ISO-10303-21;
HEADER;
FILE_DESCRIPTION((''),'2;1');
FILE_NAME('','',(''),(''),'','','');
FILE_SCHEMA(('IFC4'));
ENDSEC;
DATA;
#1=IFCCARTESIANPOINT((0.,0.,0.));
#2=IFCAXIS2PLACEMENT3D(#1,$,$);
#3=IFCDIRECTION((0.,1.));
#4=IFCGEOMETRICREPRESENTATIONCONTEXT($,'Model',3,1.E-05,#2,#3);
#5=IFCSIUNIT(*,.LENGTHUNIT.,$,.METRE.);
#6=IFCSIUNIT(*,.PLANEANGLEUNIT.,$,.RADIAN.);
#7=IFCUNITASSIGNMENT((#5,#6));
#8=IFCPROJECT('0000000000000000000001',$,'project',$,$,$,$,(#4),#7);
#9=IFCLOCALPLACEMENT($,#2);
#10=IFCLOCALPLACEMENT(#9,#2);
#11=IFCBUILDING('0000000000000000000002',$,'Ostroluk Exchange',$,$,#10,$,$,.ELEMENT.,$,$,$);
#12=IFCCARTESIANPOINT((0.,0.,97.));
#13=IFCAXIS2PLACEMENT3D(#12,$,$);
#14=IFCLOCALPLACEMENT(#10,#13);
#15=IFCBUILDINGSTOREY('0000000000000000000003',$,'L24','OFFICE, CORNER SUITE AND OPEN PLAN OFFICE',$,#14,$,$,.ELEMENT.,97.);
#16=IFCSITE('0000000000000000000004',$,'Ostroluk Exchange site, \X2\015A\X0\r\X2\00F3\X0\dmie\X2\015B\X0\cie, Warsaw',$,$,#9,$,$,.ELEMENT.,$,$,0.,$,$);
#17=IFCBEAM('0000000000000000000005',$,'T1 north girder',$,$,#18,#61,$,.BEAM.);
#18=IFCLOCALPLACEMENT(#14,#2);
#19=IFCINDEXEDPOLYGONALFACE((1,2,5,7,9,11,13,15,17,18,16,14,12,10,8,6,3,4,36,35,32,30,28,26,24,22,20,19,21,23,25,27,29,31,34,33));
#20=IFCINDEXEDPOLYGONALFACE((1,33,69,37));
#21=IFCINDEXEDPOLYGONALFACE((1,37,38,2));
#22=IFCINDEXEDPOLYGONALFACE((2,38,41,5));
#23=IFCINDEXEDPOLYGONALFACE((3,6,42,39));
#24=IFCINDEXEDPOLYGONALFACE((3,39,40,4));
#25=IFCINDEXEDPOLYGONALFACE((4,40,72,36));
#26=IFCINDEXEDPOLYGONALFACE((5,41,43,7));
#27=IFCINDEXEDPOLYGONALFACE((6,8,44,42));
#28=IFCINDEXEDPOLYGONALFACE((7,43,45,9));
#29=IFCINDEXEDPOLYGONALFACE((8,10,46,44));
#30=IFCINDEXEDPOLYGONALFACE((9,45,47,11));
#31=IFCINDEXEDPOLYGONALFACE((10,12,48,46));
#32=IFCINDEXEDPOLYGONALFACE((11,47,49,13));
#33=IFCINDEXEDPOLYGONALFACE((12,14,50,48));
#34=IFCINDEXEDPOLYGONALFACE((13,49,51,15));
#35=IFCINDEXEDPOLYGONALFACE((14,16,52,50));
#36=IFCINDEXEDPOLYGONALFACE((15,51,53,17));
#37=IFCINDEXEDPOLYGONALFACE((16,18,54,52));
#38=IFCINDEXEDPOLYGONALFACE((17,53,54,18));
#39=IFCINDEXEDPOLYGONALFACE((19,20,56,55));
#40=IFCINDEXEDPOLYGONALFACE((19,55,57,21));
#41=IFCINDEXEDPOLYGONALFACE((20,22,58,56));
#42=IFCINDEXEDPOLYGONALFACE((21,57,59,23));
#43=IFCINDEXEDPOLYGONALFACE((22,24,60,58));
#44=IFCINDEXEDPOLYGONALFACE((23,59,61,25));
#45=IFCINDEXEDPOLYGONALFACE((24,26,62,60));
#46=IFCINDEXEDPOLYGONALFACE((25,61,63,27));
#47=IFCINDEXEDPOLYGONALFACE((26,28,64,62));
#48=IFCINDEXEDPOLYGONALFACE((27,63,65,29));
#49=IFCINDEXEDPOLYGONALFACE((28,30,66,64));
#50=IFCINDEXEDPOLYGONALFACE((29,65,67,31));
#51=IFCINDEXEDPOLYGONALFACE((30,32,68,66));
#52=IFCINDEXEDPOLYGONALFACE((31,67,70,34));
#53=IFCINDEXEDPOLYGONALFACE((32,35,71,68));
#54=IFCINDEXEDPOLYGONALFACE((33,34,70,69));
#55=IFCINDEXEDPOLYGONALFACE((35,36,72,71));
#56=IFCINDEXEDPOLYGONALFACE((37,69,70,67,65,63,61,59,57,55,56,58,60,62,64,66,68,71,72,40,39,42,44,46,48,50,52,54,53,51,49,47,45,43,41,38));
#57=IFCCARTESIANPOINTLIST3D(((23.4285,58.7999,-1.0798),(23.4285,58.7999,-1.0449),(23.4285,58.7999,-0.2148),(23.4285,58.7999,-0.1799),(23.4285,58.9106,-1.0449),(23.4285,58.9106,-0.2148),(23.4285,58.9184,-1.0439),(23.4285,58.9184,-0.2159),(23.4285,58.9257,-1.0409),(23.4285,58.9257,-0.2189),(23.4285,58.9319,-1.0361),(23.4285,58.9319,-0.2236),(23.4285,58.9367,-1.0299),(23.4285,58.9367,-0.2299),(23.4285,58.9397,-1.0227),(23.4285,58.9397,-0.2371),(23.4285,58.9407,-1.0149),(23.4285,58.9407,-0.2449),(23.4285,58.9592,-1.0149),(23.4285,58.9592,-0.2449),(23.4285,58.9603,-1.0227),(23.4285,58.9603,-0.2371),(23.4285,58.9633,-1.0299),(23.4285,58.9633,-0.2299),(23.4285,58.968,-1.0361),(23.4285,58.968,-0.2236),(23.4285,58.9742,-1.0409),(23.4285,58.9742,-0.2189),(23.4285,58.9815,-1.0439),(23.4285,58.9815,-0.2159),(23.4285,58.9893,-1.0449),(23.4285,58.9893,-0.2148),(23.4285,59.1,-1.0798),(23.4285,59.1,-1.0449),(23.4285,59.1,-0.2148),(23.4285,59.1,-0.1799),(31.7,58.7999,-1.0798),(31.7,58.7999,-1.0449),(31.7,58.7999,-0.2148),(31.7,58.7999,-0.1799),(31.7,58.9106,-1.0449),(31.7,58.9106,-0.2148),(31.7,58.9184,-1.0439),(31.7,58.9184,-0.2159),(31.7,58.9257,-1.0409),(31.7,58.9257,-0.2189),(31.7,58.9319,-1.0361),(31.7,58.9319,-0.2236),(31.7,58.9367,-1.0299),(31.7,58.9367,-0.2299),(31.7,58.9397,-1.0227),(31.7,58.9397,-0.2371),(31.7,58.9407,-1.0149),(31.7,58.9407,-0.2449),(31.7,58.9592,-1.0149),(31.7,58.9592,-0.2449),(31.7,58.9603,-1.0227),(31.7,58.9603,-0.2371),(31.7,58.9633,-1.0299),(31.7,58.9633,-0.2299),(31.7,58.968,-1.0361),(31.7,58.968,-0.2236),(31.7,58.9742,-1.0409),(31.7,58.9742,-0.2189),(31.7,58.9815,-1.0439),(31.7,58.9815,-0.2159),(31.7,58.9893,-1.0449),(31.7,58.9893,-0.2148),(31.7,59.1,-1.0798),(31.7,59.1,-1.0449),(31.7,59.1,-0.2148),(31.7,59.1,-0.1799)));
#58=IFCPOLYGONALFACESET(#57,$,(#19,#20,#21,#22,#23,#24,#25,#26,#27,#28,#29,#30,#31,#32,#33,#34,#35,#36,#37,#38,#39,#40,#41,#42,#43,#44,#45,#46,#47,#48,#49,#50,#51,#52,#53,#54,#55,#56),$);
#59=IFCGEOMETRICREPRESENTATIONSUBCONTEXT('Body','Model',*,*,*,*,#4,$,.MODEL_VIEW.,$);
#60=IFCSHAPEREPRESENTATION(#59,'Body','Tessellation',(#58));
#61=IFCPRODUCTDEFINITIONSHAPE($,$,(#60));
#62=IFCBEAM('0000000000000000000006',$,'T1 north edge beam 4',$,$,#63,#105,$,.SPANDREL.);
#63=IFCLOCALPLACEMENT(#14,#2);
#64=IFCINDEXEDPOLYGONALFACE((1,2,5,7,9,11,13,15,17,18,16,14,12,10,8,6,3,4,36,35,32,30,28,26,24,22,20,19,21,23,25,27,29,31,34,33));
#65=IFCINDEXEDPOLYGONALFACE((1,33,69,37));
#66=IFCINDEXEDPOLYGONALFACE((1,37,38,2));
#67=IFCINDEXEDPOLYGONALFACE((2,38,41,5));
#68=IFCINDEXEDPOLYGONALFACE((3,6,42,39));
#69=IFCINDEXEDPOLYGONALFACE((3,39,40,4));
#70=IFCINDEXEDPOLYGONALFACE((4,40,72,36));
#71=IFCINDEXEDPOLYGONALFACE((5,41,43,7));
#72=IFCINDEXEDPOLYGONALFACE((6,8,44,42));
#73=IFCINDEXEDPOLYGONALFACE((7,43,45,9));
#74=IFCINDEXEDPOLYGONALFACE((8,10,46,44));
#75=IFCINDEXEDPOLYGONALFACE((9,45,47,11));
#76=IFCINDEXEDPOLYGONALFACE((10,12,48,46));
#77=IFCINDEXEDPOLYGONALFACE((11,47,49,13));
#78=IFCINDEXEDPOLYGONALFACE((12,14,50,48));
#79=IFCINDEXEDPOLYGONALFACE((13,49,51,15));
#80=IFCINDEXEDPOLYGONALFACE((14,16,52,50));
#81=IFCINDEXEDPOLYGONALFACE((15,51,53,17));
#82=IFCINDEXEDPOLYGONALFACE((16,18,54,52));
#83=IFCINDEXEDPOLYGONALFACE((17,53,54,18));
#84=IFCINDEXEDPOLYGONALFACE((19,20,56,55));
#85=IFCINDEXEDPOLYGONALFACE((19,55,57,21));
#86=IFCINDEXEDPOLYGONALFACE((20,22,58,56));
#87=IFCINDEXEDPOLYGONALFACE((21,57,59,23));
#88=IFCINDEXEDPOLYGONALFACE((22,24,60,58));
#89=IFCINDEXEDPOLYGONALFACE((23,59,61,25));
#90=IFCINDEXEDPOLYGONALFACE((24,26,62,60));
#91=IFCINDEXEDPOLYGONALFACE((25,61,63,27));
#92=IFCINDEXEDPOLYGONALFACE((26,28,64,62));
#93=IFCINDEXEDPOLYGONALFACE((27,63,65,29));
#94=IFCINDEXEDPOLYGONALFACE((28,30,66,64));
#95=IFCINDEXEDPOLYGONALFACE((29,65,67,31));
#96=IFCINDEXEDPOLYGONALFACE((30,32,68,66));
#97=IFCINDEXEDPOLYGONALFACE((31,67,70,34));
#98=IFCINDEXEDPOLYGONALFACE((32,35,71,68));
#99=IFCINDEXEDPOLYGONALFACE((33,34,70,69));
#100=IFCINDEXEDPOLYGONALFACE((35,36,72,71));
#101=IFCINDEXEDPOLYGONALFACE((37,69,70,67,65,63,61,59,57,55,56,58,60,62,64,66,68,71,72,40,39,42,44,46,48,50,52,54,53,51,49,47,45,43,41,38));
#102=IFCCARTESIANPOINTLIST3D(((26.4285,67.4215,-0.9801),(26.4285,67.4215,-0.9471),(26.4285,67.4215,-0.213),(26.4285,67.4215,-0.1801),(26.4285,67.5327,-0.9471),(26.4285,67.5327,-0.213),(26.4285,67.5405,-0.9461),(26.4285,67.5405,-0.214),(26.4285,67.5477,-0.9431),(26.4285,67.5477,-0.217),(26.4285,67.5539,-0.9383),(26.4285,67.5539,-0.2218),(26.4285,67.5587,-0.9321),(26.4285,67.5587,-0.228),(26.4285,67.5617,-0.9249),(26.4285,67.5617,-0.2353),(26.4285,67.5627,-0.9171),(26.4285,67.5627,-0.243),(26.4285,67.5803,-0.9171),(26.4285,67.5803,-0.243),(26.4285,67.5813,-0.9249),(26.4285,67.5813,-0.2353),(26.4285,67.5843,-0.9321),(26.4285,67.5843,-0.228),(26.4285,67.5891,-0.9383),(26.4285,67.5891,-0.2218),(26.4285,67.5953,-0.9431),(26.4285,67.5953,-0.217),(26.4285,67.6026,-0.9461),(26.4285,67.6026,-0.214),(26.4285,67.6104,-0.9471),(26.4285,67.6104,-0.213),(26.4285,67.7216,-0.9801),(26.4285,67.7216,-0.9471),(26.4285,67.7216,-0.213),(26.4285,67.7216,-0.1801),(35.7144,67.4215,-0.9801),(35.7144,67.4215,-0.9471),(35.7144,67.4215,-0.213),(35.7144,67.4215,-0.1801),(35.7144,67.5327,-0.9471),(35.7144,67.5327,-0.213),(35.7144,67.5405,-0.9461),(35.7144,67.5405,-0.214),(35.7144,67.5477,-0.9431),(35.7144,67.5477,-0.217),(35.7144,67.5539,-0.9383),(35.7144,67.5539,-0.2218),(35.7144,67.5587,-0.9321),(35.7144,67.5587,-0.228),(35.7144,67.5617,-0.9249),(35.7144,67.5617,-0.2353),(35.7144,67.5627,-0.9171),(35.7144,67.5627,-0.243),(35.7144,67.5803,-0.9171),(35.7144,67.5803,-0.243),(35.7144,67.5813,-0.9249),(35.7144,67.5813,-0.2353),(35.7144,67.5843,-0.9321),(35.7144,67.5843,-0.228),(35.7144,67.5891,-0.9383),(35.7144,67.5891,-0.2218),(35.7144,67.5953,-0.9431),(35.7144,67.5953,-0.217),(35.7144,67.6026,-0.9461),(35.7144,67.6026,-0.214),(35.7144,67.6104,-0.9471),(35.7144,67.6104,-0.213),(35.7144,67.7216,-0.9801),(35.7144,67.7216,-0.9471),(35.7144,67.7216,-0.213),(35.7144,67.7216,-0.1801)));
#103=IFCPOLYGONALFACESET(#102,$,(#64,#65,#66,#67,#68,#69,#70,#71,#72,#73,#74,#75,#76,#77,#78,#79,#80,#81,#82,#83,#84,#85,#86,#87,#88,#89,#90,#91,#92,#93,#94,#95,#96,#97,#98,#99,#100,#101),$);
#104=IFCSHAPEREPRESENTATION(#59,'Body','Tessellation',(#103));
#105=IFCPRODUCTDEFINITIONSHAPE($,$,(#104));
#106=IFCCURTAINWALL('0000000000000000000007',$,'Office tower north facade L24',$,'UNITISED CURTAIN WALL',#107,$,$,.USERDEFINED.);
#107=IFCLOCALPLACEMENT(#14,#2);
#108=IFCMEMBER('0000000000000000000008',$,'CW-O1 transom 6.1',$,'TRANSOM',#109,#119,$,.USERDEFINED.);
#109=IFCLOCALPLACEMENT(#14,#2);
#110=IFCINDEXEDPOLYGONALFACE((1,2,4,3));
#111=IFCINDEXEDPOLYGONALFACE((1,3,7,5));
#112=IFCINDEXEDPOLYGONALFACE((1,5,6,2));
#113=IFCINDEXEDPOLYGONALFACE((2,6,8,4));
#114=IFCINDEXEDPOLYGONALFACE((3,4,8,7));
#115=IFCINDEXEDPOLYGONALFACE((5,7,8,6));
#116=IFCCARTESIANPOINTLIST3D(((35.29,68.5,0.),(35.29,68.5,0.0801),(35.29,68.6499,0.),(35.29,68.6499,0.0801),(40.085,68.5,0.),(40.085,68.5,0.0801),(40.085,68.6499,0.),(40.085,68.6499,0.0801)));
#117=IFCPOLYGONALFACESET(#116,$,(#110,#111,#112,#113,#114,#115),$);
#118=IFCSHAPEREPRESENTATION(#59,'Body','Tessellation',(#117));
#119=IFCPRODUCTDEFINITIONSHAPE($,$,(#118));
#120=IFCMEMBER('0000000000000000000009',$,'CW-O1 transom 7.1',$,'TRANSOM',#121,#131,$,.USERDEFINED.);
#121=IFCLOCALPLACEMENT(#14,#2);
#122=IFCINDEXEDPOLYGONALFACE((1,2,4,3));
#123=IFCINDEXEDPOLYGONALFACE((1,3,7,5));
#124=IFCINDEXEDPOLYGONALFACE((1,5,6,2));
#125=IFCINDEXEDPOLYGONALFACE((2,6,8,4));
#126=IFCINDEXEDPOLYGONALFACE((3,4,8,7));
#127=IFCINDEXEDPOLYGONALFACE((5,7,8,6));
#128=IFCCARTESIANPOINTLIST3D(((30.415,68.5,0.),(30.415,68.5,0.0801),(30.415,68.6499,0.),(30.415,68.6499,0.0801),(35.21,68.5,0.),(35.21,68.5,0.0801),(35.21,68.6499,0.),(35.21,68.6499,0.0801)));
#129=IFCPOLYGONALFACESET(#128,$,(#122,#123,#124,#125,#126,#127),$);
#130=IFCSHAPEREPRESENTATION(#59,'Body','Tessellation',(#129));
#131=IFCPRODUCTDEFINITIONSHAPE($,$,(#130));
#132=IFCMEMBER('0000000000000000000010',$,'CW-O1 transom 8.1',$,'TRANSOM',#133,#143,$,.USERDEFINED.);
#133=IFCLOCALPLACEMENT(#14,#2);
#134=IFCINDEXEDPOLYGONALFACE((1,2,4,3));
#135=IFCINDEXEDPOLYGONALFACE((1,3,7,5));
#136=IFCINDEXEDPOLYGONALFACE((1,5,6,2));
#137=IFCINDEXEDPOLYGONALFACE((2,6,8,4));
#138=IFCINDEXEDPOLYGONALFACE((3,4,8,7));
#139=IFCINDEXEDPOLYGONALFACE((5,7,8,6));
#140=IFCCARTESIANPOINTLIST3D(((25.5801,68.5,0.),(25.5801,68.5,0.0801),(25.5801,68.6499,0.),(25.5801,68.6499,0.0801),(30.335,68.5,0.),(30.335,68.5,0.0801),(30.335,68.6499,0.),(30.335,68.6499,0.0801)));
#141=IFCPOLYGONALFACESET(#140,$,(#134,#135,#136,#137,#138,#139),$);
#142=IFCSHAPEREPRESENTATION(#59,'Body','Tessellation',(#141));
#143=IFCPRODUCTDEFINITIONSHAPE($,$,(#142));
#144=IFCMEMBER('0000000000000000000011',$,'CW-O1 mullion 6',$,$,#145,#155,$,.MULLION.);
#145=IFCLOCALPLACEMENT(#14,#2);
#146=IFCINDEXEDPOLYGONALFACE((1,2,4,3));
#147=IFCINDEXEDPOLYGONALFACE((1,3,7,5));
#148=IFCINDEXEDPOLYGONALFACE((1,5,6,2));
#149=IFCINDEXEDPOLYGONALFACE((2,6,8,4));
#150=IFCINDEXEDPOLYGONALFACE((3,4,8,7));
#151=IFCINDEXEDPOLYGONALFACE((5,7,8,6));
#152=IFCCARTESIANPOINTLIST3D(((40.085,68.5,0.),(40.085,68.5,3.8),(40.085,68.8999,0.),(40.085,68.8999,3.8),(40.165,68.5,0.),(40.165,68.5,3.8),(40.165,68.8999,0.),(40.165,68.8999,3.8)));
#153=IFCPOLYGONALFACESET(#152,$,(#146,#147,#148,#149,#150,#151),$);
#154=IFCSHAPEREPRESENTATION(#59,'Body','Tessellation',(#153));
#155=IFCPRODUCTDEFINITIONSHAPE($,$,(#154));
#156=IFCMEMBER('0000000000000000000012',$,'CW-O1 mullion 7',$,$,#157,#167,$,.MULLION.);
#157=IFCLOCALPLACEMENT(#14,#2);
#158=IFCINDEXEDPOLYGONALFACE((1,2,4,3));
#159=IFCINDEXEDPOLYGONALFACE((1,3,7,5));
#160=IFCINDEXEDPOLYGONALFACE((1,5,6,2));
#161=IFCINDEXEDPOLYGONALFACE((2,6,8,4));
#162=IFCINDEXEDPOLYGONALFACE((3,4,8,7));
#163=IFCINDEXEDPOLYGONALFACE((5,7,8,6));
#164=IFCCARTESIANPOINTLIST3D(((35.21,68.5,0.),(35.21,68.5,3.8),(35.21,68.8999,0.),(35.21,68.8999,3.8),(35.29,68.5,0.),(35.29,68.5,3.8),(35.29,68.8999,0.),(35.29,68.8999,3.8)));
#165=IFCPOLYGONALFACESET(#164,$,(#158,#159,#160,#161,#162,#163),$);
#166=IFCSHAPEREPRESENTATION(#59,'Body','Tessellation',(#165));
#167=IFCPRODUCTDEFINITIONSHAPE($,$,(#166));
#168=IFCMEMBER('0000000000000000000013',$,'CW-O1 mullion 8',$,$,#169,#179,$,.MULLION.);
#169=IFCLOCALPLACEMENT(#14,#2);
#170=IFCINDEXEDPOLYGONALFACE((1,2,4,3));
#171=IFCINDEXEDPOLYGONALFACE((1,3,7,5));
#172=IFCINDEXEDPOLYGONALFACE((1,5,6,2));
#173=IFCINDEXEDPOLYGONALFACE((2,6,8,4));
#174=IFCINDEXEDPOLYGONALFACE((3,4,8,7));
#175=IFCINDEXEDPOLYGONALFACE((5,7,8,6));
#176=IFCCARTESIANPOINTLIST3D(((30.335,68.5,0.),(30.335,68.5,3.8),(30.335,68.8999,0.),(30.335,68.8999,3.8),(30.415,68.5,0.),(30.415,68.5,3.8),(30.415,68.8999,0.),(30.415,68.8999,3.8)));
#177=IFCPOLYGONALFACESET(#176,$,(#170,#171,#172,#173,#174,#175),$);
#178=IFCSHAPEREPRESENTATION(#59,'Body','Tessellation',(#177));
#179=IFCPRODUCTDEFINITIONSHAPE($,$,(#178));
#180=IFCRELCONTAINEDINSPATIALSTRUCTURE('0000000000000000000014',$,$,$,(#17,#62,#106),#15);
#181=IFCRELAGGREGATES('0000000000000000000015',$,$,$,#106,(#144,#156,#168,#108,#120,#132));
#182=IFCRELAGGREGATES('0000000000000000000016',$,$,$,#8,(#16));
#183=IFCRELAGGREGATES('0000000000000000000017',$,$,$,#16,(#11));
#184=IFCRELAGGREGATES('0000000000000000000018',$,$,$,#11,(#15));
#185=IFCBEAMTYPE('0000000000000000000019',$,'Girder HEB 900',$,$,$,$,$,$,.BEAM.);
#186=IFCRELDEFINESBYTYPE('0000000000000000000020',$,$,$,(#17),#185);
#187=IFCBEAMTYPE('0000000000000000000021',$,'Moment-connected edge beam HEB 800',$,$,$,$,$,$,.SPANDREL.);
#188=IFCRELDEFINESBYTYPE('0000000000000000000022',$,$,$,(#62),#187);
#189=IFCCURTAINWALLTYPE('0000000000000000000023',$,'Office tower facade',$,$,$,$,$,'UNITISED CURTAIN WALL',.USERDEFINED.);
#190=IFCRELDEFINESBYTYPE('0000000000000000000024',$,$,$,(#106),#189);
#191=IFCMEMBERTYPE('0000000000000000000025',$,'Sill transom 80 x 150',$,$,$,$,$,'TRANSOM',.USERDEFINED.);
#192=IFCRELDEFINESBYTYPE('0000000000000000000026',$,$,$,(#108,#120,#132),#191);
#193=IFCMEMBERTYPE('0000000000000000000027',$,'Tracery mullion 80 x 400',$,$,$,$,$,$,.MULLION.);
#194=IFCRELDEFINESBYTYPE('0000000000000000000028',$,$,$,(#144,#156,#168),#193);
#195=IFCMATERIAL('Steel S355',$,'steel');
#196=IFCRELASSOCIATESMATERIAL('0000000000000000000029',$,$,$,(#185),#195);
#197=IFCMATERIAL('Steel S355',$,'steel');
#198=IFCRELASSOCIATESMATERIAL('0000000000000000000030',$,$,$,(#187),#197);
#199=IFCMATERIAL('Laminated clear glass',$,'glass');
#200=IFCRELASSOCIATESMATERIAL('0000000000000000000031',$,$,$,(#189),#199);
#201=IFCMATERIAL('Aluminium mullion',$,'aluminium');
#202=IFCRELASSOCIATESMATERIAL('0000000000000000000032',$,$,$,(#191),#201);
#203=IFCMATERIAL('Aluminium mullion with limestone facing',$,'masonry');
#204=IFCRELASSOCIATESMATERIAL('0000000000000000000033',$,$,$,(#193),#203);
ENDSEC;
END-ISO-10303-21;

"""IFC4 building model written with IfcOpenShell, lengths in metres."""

from ifc_helpers import new_model, si_unit, direction, frame, origin, origin_2d, place, context, subcontext, project, spatial, rectangle, i_section, extrude, material, material_profile, profile_set, type_object, element, aggregate, save


model = new_model("IFC4")

# Units and contexts
model_context = context("Model", 3, precision=1e-05, world=origin(), true_north=direction((0.0, 1.0)))
body_context = subcontext(model_context, "Body", "Model", "MODEL_VIEW")
ifc_project = project(units=[si_unit("LENGTHUNIT", "METRE"), si_unit("PLANEANGLEUNIT", "RADIAN")], contexts=[model_context])

# Site, building, storey
site_placement = place(None, origin())
site = spatial("IfcSite", under=ifc_project, at=site_placement, Name="Ostroluk Exchange site, Śródmieście, Warsaw", CompositionType="ELEMENT", RefElevation=0.0)
building_placement = place(site_placement, origin())
building = spatial("IfcBuilding", under=site, at=building_placement, Name="Ostroluk Exchange", CompositionType="ELEMENT")
storey_placement = place(building_placement, frame((0.0, 0.0, 97.0)))
storey = spatial("IfcBuildingStorey", under=building, at=storey_placement, Name="L24", Description="OFFICE, CORNER SUITE AND OPEN PLAN OFFICE", CompositionType="ELEMENT", Elevation=97.0)

# Beams
ifc_material_1 = material(Name="Steel S355", Category="steel")
ifc_material_profile_1 = material_profile(ifc_material_1, i_section(OverallWidth=0.3, OverallDepth=0.8999, WebThickness=0.0186, FlangeThickness=0.0349, FilletRadius=0.03, at=origin_2d()), Name="HEB 900")
ifc_profile_set_1 = profile_set([ifc_material_profile_1], Name="Steel S355")
beam_type_1 = type_object("IfcBeamType", Name="Girder HEB 900", PredefinedType="BEAM", material=ifc_profile_set_1)
beam_1_placement = place(storey_placement, frame((31.7, 58.95, -0.6299), z_axis=(-1.0, 0.0, 0.0), x_axis=(0.0, -1.0, 0.0)))
element("IfcBeam", 1, at=beam_1_placement, inside=storey, type_object=beam_type_1, Name="T1 north girder", PredefinedType="BEAM", context=body_context, shape_type="SweptSolid", body=[
    extrude(i_section(OverallWidth=0.3, OverallDepth=0.8999, WebThickness=0.0186, FlangeThickness=0.0349, FilletRadius=0.03, at=origin_2d()), origin(), (0.0, 0.0, 1.0), 8.2715),
])
ifc_material_2 = material(Name="Steel S355", Category="steel")
ifc_material_profile_2 = material_profile(ifc_material_2, i_section(OverallWidth=0.3, OverallDepth=0.8, WebThickness=0.0176, FlangeThickness=0.033, FilletRadius=0.03, at=origin_2d()), Name="HEB 800")
ifc_profile_set_2 = profile_set([ifc_material_profile_2], Name="Steel S355")
beam_type_2 = type_object("IfcBeamType", Name="Moment-connected edge beam HEB 800", PredefinedType="SPANDREL", material=ifc_profile_set_2)
beam_2_placement = place(storey_placement, frame((35.7144, 67.5715, -0.5801), z_axis=(-1.0, 0.0, 0.0), x_axis=(0.0, -1.0, 0.0)))
element("IfcBeam", 2, at=beam_2_placement, inside=storey, type_object=beam_type_2, Name="T1 north edge beam 4", PredefinedType="SPANDREL", context=body_context, shape_type="SweptSolid", body=[
    extrude(i_section(OverallWidth=0.3, OverallDepth=0.8, WebThickness=0.0176, FlangeThickness=0.033, FilletRadius=0.03, at=origin_2d()), origin(), (0.0, 0.0, 1.0), 9.2859),
])

# Curtain wall, members
ifc_material_3 = material(Name="Laminated clear glass", Category="glass")
curtain_wall_type = type_object("IfcCurtainWallType", Name="Office tower facade", ElementType="UNITISED CURTAIN WALL", PredefinedType="USERDEFINED", material=ifc_material_3)
curtain_wall_placement = place(storey_placement, origin())
curtain_wall = element("IfcCurtainWall", 3, at=curtain_wall_placement, inside=storey, type_object=curtain_wall_type, Name="Office tower north facade L24", ObjectType="UNITISED CURTAIN WALL", PredefinedType="USERDEFINED")
ifc_material_4 = material(Name="Aluminium mullion", Category="aluminium")
ifc_material_profile_3 = material_profile(ifc_material_4, rectangle(XDim=0.1499, YDim=0.0801, at=origin_2d()), Name="Sill transom 80 x 150")
ifc_profile_set_3 = profile_set([ifc_material_profile_3], Name="Aluminium mullion")
member_type_1 = type_object("IfcMemberType", Name="Sill transom 80 x 150", ElementType="TRANSOM", PredefinedType="USERDEFINED", material=ifc_profile_set_3)
member_1_placement = place(storey_placement, frame((40.085, 68.575, 0.04), z_axis=(-1.0, 0.0, 0.0), x_axis=(0.0, -1.0, 0.0)))
member_1 = element("IfcMember", 4, at=member_1_placement, type_object=member_type_1, Name="CW-O1 transom 6.1", ObjectType="TRANSOM", PredefinedType="USERDEFINED", context=body_context, shape_type="SweptSolid", body=[
    extrude(rectangle(XDim=0.1499, YDim=0.0801, at=origin_2d()), origin(), (0.0, 0.0, 1.0), 4.7949),
])
member_2_placement = place(storey_placement, frame((35.21, 68.575, 0.04), z_axis=(-1.0, 0.0, 0.0), x_axis=(0.0, -1.0, 0.0)))
member_2 = element("IfcMember", 5, at=member_2_placement, type_object=member_type_1, Name="CW-O1 transom 7.1", ObjectType="TRANSOM", PredefinedType="USERDEFINED", context=body_context, shape_type="SweptSolid", body=[
    extrude(rectangle(XDim=0.1499, YDim=0.0801, at=origin_2d()), origin(), (0.0, 0.0, 1.0), 4.7949),
])
member_3_placement = place(storey_placement, frame((30.335, 68.575, 0.04), z_axis=(-1.0, 0.0, 0.0), x_axis=(0.0, -1.0, 0.0)))
member_3 = element("IfcMember", 6, at=member_3_placement, type_object=member_type_1, Name="CW-O1 transom 8.1", ObjectType="TRANSOM", PredefinedType="USERDEFINED", context=body_context, shape_type="SweptSolid", body=[
    extrude(rectangle(XDim=0.1499, YDim=0.0801, at=origin_2d()), origin(), (0.0, 0.0, 1.0), 4.7549),
])
ifc_material_5 = material(Name="Aluminium mullion with limestone facing", Category="masonry")
ifc_material_profile_4 = material_profile(ifc_material_5, rectangle(XDim=0.3999, YDim=0.0801, at=origin_2d()), Name="Tracery mullion 80 x 400")
ifc_profile_set_4 = profile_set([ifc_material_profile_4], Name="Aluminium mullion with limestone facing")
member_type_2 = type_object("IfcMemberType", Name="Tracery mullion 80 x 400", PredefinedType="MULLION", material=ifc_profile_set_4)
member_4_placement = place(storey_placement, frame((40.125, 68.7, 0.0), z_axis=(0.0, 0.0, 1.0), x_axis=(0.0, -1.0, 0.0)))
member_4 = element("IfcMember", 7, at=member_4_placement, type_object=member_type_2, Name="CW-O1 mullion 6", PredefinedType="MULLION", context=body_context, shape_type="SweptSolid", body=[
    extrude(rectangle(XDim=0.3999, YDim=0.0801, at=origin_2d()), origin(), (0.0, 0.0, 1.0), 3.8),
])
member_5_placement = place(storey_placement, frame((35.25, 68.7, 0.0), z_axis=(0.0, 0.0, 1.0), x_axis=(0.0, -1.0, 0.0)))
member_5 = element("IfcMember", 8, at=member_5_placement, type_object=member_type_2, Name="CW-O1 mullion 7", PredefinedType="MULLION", context=body_context, shape_type="SweptSolid", body=[
    extrude(rectangle(XDim=0.3999, YDim=0.0801, at=origin_2d()), origin(), (0.0, 0.0, 1.0), 3.8),
])
member_6_placement = place(storey_placement, frame((30.375, 68.7, 0.0), z_axis=(0.0, 0.0, 1.0), x_axis=(0.0, -1.0, 0.0)))
member_6 = element("IfcMember", 9, at=member_6_placement, type_object=member_type_2, Name="CW-O1 mullion 8", PredefinedType="MULLION", context=body_context, shape_type="SweptSolid", body=[
    extrude(rectangle(XDim=0.3999, YDim=0.0801, at=origin_2d()), origin(), (0.0, 0.0, 1.0), 3.8),
])
aggregate(curtain_wall, [member_4, member_5, member_6, member_1, member_2, member_3])

save(model, "model.ifc")
